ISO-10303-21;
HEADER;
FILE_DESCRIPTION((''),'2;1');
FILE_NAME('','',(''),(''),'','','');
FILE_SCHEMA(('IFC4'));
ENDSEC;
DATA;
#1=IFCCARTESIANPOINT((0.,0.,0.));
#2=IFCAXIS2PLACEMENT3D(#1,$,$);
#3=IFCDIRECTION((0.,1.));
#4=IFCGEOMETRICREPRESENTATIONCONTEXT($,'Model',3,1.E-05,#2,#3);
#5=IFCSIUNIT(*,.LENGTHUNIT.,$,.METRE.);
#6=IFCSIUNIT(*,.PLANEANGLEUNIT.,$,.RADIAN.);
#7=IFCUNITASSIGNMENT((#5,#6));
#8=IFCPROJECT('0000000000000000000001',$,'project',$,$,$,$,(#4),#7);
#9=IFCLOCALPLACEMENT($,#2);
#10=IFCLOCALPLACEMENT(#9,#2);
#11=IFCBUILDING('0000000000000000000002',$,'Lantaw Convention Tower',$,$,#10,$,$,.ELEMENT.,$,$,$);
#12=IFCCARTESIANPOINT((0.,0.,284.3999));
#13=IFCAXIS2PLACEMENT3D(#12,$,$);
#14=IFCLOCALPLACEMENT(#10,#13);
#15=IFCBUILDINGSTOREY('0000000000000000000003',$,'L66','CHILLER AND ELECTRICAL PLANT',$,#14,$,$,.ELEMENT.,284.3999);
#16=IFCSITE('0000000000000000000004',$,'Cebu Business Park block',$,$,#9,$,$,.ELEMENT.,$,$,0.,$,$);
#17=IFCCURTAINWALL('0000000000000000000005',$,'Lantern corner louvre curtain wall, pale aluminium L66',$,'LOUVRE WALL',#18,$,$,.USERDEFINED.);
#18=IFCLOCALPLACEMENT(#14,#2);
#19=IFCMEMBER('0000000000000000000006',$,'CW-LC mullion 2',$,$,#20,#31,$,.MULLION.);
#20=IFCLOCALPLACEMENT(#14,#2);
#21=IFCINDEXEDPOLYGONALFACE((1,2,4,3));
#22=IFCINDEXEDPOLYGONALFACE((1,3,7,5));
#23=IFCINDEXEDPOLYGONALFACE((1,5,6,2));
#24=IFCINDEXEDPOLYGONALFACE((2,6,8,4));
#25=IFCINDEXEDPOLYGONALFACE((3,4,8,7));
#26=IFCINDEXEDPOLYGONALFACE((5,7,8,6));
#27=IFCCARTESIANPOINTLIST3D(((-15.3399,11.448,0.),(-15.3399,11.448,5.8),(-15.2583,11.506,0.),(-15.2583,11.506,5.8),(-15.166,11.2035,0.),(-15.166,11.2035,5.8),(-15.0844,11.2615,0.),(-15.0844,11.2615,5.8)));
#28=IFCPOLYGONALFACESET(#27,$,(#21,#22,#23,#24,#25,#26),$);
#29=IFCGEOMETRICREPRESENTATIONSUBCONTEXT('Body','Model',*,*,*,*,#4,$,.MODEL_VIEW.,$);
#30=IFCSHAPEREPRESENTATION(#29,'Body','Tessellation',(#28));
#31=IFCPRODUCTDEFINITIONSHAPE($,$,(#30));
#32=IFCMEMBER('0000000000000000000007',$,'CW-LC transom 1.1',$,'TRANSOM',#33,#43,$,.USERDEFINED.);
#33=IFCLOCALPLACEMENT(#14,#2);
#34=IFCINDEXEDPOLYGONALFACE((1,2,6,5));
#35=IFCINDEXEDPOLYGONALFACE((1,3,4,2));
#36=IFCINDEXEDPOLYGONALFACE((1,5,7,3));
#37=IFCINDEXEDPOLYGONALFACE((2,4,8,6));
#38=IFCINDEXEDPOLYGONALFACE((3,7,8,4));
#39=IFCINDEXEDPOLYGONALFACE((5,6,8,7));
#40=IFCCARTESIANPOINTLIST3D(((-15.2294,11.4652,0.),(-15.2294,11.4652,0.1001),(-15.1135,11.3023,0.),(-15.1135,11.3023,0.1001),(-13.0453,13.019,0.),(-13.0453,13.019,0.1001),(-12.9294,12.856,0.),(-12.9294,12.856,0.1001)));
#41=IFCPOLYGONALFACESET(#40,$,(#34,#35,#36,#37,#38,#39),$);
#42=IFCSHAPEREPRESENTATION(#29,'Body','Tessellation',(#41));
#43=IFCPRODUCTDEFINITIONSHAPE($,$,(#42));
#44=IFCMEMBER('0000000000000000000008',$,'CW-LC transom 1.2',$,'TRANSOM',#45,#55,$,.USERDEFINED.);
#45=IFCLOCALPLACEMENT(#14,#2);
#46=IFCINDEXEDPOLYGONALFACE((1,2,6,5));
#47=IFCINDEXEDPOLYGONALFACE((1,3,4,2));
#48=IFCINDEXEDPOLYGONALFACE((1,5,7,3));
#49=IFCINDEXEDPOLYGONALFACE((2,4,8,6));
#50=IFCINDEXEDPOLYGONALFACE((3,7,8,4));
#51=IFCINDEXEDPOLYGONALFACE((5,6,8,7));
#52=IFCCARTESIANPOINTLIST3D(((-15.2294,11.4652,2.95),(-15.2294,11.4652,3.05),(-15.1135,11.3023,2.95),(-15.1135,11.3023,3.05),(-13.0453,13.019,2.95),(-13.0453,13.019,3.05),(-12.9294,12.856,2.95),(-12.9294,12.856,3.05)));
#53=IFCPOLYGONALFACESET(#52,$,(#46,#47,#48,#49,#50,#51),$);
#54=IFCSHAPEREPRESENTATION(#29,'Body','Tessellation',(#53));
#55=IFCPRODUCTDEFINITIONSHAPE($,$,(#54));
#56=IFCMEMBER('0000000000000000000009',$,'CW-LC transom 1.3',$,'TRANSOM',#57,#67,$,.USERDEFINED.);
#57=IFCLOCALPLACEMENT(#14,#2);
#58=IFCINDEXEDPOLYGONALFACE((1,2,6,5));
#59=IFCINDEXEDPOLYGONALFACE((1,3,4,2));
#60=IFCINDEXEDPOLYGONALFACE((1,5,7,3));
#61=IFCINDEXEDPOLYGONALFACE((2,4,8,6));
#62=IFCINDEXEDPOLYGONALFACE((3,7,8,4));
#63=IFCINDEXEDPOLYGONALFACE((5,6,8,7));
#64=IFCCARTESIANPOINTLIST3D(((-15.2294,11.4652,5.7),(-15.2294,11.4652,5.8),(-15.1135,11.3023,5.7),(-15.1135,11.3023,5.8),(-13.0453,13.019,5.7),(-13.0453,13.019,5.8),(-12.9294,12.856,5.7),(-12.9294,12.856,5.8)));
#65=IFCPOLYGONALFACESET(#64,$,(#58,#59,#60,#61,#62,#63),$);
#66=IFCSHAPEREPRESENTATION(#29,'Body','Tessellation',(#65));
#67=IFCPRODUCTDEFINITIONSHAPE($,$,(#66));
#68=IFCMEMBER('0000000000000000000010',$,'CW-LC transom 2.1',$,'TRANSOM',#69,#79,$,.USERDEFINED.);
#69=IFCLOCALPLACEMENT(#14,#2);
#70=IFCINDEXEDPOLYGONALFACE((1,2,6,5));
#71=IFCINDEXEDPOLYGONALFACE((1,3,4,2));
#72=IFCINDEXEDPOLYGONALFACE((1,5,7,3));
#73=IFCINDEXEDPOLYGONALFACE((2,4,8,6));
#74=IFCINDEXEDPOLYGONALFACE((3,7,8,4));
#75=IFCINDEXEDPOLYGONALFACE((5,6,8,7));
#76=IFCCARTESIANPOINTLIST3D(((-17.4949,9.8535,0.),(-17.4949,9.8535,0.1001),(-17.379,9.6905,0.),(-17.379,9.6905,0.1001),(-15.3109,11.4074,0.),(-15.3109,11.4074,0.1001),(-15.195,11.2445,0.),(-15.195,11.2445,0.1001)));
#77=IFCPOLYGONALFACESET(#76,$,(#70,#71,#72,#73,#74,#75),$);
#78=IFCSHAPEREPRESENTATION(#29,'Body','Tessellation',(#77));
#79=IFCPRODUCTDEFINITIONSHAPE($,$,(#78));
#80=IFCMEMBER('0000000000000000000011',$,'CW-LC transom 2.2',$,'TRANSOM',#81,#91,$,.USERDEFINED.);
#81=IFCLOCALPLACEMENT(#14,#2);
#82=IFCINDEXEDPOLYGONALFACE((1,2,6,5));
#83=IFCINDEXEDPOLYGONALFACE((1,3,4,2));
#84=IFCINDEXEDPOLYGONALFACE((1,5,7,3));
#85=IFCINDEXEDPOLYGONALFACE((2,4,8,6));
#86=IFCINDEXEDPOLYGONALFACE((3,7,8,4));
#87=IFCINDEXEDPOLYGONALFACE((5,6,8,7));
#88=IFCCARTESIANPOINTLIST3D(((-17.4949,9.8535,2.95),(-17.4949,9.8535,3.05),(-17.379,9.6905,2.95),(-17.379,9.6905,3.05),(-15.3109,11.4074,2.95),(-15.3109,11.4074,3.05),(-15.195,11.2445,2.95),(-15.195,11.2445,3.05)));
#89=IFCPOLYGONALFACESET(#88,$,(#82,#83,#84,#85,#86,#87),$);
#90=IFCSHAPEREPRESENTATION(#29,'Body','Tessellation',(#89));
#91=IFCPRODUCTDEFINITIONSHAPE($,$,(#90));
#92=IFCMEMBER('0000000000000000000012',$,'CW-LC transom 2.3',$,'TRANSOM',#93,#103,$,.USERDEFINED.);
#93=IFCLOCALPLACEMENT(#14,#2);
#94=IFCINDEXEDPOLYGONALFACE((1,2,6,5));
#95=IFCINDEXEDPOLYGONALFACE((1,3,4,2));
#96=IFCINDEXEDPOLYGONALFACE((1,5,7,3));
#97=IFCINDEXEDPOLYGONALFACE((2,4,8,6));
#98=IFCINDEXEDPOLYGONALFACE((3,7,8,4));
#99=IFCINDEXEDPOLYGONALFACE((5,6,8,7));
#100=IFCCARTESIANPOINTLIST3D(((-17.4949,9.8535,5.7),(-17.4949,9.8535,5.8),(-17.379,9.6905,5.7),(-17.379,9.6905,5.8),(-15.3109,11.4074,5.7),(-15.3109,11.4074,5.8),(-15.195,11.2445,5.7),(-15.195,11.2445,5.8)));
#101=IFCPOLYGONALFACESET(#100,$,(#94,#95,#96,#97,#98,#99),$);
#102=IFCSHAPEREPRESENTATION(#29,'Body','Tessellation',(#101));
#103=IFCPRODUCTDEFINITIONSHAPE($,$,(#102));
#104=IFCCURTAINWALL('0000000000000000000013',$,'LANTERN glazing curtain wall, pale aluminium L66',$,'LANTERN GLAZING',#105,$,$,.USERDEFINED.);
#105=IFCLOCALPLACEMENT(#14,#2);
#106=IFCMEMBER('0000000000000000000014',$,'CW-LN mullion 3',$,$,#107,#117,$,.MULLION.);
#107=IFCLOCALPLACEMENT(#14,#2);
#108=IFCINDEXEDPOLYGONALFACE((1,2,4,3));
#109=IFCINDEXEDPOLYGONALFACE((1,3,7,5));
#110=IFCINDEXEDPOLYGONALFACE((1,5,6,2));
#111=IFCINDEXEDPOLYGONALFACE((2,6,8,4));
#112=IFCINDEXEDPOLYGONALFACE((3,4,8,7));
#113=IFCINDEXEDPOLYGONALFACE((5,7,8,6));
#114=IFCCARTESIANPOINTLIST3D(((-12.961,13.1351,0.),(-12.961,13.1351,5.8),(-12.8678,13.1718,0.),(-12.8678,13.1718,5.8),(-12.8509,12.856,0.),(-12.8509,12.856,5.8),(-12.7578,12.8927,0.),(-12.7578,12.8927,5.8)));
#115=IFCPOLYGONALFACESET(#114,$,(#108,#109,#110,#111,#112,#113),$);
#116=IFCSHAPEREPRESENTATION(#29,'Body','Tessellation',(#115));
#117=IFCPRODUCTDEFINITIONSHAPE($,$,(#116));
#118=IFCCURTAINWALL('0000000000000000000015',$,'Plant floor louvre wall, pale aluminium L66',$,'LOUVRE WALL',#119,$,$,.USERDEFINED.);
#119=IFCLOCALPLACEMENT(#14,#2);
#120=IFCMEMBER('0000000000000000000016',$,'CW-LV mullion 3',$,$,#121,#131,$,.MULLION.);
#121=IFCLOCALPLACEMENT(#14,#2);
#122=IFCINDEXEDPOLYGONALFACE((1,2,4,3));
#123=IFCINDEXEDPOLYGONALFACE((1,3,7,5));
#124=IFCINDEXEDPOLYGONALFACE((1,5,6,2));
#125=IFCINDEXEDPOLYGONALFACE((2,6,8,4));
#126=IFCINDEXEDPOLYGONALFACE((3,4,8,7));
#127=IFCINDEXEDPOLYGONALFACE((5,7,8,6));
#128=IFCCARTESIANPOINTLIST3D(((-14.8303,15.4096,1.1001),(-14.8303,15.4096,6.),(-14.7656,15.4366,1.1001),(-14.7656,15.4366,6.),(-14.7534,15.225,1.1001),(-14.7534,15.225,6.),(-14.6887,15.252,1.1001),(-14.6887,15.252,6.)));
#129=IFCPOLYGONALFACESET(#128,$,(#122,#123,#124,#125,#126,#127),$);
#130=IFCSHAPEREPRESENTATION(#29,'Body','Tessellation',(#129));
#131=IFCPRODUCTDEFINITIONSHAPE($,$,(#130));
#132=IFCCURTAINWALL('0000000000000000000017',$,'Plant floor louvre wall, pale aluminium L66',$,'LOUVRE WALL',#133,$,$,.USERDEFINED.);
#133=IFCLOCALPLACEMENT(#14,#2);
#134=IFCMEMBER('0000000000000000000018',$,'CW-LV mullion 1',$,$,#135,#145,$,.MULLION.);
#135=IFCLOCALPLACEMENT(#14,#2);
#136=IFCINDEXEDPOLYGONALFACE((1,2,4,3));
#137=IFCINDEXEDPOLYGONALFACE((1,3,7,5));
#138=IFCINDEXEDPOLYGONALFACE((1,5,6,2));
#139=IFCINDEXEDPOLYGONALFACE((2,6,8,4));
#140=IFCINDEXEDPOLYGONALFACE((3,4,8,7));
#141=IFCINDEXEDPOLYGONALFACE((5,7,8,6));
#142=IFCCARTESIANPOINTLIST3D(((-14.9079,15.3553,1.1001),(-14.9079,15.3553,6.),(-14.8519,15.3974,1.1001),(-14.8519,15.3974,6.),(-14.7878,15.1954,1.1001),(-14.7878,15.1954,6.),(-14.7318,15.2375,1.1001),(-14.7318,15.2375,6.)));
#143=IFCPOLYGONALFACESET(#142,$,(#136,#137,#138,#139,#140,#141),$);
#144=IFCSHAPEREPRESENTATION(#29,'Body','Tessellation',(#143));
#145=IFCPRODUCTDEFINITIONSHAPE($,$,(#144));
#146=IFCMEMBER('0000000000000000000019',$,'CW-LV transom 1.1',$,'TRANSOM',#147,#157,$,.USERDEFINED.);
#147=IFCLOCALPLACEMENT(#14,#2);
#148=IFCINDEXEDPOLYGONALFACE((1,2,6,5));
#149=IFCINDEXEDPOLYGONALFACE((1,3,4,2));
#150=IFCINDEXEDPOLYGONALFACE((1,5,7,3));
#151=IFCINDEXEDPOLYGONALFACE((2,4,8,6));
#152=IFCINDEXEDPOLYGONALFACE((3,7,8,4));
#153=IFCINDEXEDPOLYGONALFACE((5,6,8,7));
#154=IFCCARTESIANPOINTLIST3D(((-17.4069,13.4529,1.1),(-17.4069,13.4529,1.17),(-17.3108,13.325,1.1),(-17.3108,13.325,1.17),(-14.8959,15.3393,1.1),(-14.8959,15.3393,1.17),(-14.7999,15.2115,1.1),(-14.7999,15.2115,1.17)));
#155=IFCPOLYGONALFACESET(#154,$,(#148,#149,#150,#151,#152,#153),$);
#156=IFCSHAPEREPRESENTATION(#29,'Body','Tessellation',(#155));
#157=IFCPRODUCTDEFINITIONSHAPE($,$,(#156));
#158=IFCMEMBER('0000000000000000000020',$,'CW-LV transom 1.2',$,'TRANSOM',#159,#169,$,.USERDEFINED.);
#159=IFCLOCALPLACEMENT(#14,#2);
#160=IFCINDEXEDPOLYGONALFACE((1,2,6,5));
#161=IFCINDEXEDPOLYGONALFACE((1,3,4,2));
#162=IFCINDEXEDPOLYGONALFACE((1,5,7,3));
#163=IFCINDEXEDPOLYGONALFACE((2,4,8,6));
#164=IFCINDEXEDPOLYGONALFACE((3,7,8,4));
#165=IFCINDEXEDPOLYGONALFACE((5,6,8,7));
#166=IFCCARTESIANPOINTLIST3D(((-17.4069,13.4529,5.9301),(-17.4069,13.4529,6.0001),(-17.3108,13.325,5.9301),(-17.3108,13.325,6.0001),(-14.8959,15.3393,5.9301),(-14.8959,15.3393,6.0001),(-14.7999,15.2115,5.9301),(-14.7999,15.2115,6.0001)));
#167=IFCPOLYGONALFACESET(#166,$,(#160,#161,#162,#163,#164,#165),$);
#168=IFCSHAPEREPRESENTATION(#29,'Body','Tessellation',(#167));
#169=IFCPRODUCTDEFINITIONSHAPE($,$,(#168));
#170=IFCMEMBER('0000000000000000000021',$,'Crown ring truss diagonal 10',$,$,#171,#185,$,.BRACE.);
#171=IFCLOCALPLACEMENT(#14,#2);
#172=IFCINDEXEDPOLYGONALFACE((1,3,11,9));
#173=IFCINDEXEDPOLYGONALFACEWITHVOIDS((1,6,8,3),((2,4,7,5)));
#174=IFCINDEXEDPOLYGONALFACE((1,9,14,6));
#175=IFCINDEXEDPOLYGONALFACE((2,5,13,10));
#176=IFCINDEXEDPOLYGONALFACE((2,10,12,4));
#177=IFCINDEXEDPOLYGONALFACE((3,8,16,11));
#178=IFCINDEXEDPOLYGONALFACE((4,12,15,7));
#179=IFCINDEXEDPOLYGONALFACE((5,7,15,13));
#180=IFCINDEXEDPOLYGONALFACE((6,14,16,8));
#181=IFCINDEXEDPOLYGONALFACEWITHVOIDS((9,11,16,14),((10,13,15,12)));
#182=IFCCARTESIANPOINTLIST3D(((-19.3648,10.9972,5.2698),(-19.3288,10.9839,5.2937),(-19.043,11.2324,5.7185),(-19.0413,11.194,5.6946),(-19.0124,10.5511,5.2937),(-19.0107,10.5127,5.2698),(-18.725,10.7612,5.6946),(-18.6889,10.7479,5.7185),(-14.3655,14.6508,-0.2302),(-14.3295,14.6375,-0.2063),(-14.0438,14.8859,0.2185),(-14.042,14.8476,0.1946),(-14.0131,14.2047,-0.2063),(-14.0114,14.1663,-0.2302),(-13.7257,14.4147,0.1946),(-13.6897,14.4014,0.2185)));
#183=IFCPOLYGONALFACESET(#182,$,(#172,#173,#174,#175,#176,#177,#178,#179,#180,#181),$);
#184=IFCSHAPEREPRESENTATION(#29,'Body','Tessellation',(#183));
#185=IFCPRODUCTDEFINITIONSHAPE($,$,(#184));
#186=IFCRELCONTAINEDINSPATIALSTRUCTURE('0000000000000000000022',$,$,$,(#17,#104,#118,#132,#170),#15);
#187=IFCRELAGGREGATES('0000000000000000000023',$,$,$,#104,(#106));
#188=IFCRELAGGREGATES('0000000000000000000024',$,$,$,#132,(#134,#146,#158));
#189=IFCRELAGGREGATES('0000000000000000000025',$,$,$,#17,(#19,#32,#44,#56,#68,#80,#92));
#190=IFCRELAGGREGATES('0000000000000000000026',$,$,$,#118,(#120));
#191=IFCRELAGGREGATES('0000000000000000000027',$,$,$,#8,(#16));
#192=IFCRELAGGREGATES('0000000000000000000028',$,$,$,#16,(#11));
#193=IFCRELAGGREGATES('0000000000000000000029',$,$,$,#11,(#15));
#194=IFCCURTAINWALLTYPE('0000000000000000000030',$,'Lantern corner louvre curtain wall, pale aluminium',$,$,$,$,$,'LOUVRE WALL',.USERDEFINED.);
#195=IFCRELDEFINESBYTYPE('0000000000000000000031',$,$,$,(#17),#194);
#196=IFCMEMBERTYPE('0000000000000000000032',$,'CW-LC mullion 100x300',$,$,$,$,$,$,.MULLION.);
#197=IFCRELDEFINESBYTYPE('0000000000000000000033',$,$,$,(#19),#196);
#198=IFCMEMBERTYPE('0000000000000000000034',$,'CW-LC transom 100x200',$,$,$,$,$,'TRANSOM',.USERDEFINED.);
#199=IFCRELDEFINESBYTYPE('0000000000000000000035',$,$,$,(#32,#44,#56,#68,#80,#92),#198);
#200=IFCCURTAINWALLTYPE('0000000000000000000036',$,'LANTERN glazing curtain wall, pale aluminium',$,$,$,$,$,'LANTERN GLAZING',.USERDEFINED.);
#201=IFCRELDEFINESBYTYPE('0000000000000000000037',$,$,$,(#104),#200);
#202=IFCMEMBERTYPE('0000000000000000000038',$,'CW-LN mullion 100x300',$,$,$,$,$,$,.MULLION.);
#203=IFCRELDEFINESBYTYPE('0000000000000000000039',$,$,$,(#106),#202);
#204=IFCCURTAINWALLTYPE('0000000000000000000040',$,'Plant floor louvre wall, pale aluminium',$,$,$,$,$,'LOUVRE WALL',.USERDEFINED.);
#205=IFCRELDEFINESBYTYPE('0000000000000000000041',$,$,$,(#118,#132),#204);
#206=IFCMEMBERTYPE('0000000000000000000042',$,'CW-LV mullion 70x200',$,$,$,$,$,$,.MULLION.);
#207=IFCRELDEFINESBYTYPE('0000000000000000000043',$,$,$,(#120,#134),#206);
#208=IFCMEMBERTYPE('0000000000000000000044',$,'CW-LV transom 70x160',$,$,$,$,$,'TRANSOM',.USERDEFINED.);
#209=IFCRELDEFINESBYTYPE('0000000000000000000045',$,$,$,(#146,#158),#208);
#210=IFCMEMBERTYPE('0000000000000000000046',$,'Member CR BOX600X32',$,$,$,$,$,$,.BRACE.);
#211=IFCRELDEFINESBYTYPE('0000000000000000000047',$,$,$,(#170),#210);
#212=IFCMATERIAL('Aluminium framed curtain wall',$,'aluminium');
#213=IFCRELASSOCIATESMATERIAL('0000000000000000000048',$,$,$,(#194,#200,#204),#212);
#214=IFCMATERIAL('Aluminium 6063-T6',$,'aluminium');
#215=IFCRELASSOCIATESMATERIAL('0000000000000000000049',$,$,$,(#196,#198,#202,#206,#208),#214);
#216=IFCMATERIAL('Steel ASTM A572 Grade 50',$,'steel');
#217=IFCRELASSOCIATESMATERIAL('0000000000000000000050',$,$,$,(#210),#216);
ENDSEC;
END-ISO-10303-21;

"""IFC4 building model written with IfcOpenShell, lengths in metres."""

from ifc_helpers import new_model, si_unit, direction, frame, origin, origin_2d, place, context, subcontext, project, spatial, rectangle, hollow_rectangle, extrude, material, material_profile, profile_set, type_object, element, aggregate, save


model = new_model("IFC4")

# Units and contexts
model_context = context("Model", 3, precision=1e-05, world=origin(), true_north=direction((0.0, 1.0)))
body_context = subcontext(model_context, "Body", "Model", "MODEL_VIEW")
ifc_project = project(units=[si_unit("LENGTHUNIT", "METRE"), si_unit("PLANEANGLEUNIT", "RADIAN")], contexts=[model_context])

# Site, building, storey
site_placement = place(None, origin())
site = spatial("IfcSite", under=ifc_project, at=site_placement, Name="Cebu Business Park block", CompositionType="ELEMENT", RefElevation=0.0)
building_placement = place(site_placement, origin())
building = spatial("IfcBuilding", under=site, at=building_placement, Name="Lantaw Convention Tower", CompositionType="ELEMENT")
storey_placement = place(building_placement, frame((0.0, 0.0, 284.3999)))
storey = spatial("IfcBuildingStorey", under=building, at=storey_placement, Name="L66", Description="CHILLER AND ELECTRICAL PLANT", CompositionType="ELEMENT", Elevation=284.3999)

# Shared definitions
ifc_material_1 = material(Name="Steel ASTM A572 Grade 50", Category="steel")

# Curtain wall, members
ifc_material_2 = material(Name="Aluminium framed curtain wall", Category="aluminium")
curtain_wall_type_1 = type_object("IfcCurtainWallType", Name="Lantern corner louvre curtain wall, pale aluminium", ElementType="LOUVRE WALL", PredefinedType="USERDEFINED", material=ifc_material_2)
curtain_wall_1_placement = place(storey_placement, origin())
curtain_wall_1 = element("IfcCurtainWall", 1, at=curtain_wall_1_placement, inside=storey, type_object=curtain_wall_type_1, Name="Lantern corner louvre curtain wall, pale aluminium L66", ObjectType="LOUVRE WALL", PredefinedType="USERDEFINED")
ifc_material_3 = material(Name="Aluminium 6063-T6", Category="aluminium")
ifc_material_profile_1 = material_profile(ifc_material_3, rectangle(XDim=0.3, YDim=0.1001, at=origin_2d()), Name="CW-LC mullion 100x300")
ifc_profile_set_1 = profile_set([ifc_material_profile_1], Name="Aluminium 6063-T6")
member_type_1 = type_object("IfcMemberType", Name="CW-LC mullion 100x300", PredefinedType="MULLION", material=ifc_profile_set_1)
member_1_placement = place(storey_placement, frame((-15.2122, 11.3547, 0.0), z_axis=(0.0, 0.0, 1.0), x_axis=(0.579684, -0.814841, 0.0)))
member_1 = element("IfcMember", 2, at=member_1_placement, type_object=member_type_1, Name="CW-LC mullion 2", PredefinedType="MULLION", context=body_context, shape_type="SweptSolid", body=[
    extrude(rectangle(XDim=0.3, YDim=0.1001, at=origin_2d()), origin(), (0.0, 0.0, 1.0), 5.8),
])
ifc_material_profile_2 = material_profile(ifc_material_3, rectangle(XDim=0.2, YDim=0.1001, at=origin_2d()), Name="CW-LC transom 100x200")
ifc_profile_set_2 = profile_set([ifc_material_profile_2], Name="Aluminium 6063-T6")
member_type_2 = type_object("IfcMemberType", Name="CW-LC transom 100x200", ElementType="TRANSOM", PredefinedType="USERDEFINED", material=ifc_profile_set_2)
member_2_placement = place(storey_placement, frame((-12.9873, 12.9375, 0.05), z_axis=(-0.814852, -0.579669, 0.0), x_axis=(0.579669, -0.814852, 0.0)))
member_2 = element("IfcMember", 3, at=member_2_placement, type_object=member_type_2, Name="CW-LC transom 1.1", ObjectType="TRANSOM", PredefinedType="USERDEFINED", context=body_context, shape_type="SweptSolid", body=[
    extrude(rectangle(XDim=0.2, YDim=0.1001, at=origin_2d()), origin(), (0.0, 0.0, 1.0), 2.6804),
])
member_3_placement = place(storey_placement, frame((-12.9873, 12.9375, 3.0), z_axis=(-0.814852, -0.579669, 0.0), x_axis=(0.579669, -0.814852, 0.0)))
member_3 = element("IfcMember", 4, at=member_3_placement, type_object=member_type_2, Name="CW-LC transom 1.2", ObjectType="TRANSOM", PredefinedType="USERDEFINED", context=body_context, shape_type="SweptSolid", body=[
    extrude(rectangle(XDim=0.2, YDim=0.1001, at=origin_2d()), origin(), (0.0, 0.0, 1.0), 2.6804),
])
member_4_placement = place(storey_placement, frame((-12.9873, 12.9375, 5.75), z_axis=(-0.814852, -0.579669, 0.0), x_axis=(0.579669, -0.814852, 0.0)))
member_4 = element("IfcMember", 5, at=member_4_placement, type_object=member_type_2, Name="CW-LC transom 1.3", ObjectType="TRANSOM", PredefinedType="USERDEFINED", context=body_context, shape_type="SweptSolid", body=[
    extrude(rectangle(XDim=0.2, YDim=0.1001, at=origin_2d()), origin(), (0.0, 0.0, 1.0), 2.6804),
])
member_5_placement = place(storey_placement, frame((-15.2529, 11.3259, 0.05), z_axis=(-0.814809, -0.579729, 0.0), x_axis=(0.579729, -0.814809, 0.0)))
member_5 = element("IfcMember", 6, at=member_5_placement, type_object=member_type_2, Name="CW-LC transom 2.1", ObjectType="TRANSOM", PredefinedType="USERDEFINED", context=body_context, shape_type="SweptSolid", body=[
    extrude(rectangle(XDim=0.2, YDim=0.1001, at=origin_2d()), origin(), (0.0, 0.0, 1.0), 2.6804),
])
member_6_placement = place(storey_placement, frame((-15.2529, 11.3259, 3.0), z_axis=(-0.814809, -0.579729, 0.0), x_axis=(0.579729, -0.814809, 0.0)))
member_6 = element("IfcMember", 7, at=member_6_placement, type_object=member_type_2, Name="CW-LC transom 2.2", ObjectType="TRANSOM", PredefinedType="USERDEFINED", context=body_context, shape_type="SweptSolid", body=[
    extrude(rectangle(XDim=0.2, YDim=0.1001, at=origin_2d()), origin(), (0.0, 0.0, 1.0), 2.6804),
])
member_7_placement = place(storey_placement, frame((-15.2529, 11.3259, 5.75), z_axis=(-0.814809, -0.579729, 0.0), x_axis=(0.579729, -0.814809, 0.0)))
member_7 = element("IfcMember", 8, at=member_7_placement, type_object=member_type_2, Name="CW-LC transom 2.3", ObjectType="TRANSOM", PredefinedType="USERDEFINED", context=body_context, shape_type="SweptSolid", body=[
    extrude(rectangle(XDim=0.2, YDim=0.1001, at=origin_2d()), origin(), (0.0, 0.0, 1.0), 2.6804),
])

# Curtain walls, members
curtain_wall_type_2 = type_object("IfcCurtainWallType", Name="LANTERN glazing curtain wall, pale aluminium", ElementType="LANTERN GLAZING", PredefinedType="USERDEFINED", material=ifc_material_2)
curtain_wall_2_placement = place(storey_placement, origin())
curtain_wall_2 = element("IfcCurtainWall", 9, at=curtain_wall_2_placement, inside=storey, type_object=curtain_wall_type_2, Name="LANTERN glazing curtain wall, pale aluminium L66", ObjectType="LANTERN GLAZING", PredefinedType="USERDEFINED")
ifc_material_profile_3 = material_profile(ifc_material_3, rectangle(XDim=0.3, YDim=0.1001, at=origin_2d()), Name="CW-LN mullion 100x300")
ifc_profile_set_3 = profile_set([ifc_material_profile_3], Name="Aluminium 6063-T6")
member_type_3 = type_object("IfcMemberType", Name="CW-LN mullion 100x300", PredefinedType="MULLION", material=ifc_profile_set_3)
member_8_placement = place(storey_placement, frame((-12.8594, 13.0139, 0.0), z_axis=(0.0, 0.0, 1.0), x_axis=(0.366802, -0.930299, 0.0)))
member_8 = element("IfcMember", 10, at=member_8_placement, type_object=member_type_3, Name="CW-LN mullion 3", PredefinedType="MULLION", context=body_context, shape_type="SweptSolid", body=[
    extrude(rectangle(XDim=0.3, YDim=0.1001, at=origin_2d()), origin(), (0.0, 0.0, 1.0), 5.8),
])
aggregate(curtain_wall_2, [member_8])
curtain_wall_type_3 = type_object("IfcCurtainWallType", Name="Plant floor louvre wall, pale aluminium", ElementType="LOUVRE WALL", PredefinedType="USERDEFINED", material=ifc_material_2)
curtain_wall_3_placement = place(storey_placement, origin())
curtain_wall_3 = element("IfcCurtainWall", 11, at=curtain_wall_3_placement, inside=storey, type_object=curtain_wall_type_3, Name="Plant floor louvre wall, pale aluminium L66", ObjectType="LOUVRE WALL", PredefinedType="USERDEFINED")
ifc_material_profile_4 = material_profile(ifc_material_3, rectangle(XDim=0.2, YDim=0.0701, at=origin_2d()), Name="CW-LV mullion 70x200")
ifc_profile_set_4 = profile_set([ifc_material_profile_4], Name="Aluminium 6063-T6")
member_type_4 = type_object("IfcMemberType", Name="CW-LV mullion 70x200", PredefinedType="MULLION", material=ifc_profile_set_4)
member_9_placement = place(storey_placement, frame((-14.7595, 15.3308, 1.1001), z_axis=(0.0, 0.0, 1.0), x_axis=(0.38446, -0.923142, 0.0)))
member_9 = element("IfcMember", 12, at=member_9_placement, type_object=member_type_4, Name="CW-LV mullion 3", PredefinedType="MULLION", context=body_context, shape_type="SweptSolid", body=[
    extrude(rectangle(XDim=0.2, YDim=0.0701, at=origin_2d()), origin(), (0.0, 0.0, 1.0), 4.8999),
])

# Curtain wall, members
curtain_wall_4_placement = place(storey_placement, origin())
curtain_wall_4 = element("IfcCurtainWall", 13, at=curtain_wall_4_placement, inside=storey, type_object=curtain_wall_type_3, Name="Plant floor louvre wall, pale aluminium L66", ObjectType="LOUVRE WALL", PredefinedType="USERDEFINED")
member_10_placement = place(storey_placement, frame((-14.8198, 15.2964, 1.1001), z_axis=(0.0, 0.0, 1.0), x_axis=(0.600643, -0.799518, 0.0)))
member_10 = element("IfcMember", 14, at=member_10_placement, type_object=member_type_4, Name="CW-LV mullion 1", PredefinedType="MULLION", context=body_context, shape_type="SweptSolid", body=[
    extrude(rectangle(XDim=0.2, YDim=0.0701, at=origin_2d()), origin(), (0.0, 0.0, 1.0), 4.8999),
])
ifc_material_profile_5 = material_profile(ifc_material_3, rectangle(XDim=0.1599, YDim=0.0701, at=origin_2d()), Name="CW-LV transom 70x160")
ifc_profile_set_5 = profile_set([ifc_material_profile_5], Name="Aluminium 6063-T6")
member_type_5 = type_object("IfcMemberType", Name="CW-LV transom 70x160", ElementType="TRANSOM", PredefinedType="USERDEFINED", material=ifc_profile_set_5)
member_11_placement = place(storey_placement, frame((-14.8479, 15.2754, 1.135), z_axis=(-0.799505, -0.600659, 0.0), x_axis=(0.600659, -0.799505, 0.0)))
member_11 = element("IfcMember", 15, at=member_11_placement, type_object=member_type_5, Name="CW-LV transom 1.1", ObjectType="TRANSOM", PredefinedType="USERDEFINED", context=body_context, shape_type="SweptSolid", body=[
    extrude(rectangle(XDim=0.1599, YDim=0.0701, at=origin_2d()), origin(), (0.0, 0.0, 1.0), 3.1406),
])
member_12_placement = place(storey_placement, frame((-14.8479, 15.2754, 5.9651), z_axis=(-0.799505, -0.600659, 0.0), x_axis=(0.600659, -0.799505, 0.0)))
member_12 = element("IfcMember", 16, at=member_12_placement, type_object=member_type_5, Name="CW-LV transom 1.2", ObjectType="TRANSOM", PredefinedType="USERDEFINED", context=body_context, shape_type="SweptSolid", body=[
    extrude(rectangle(XDim=0.1599, YDim=0.0701, at=origin_2d()), origin(), (0.0, 0.0, 1.0), 3.1406),
])
aggregate(curtain_wall_4, [member_10, member_11, member_12])

# Member
ifc_material_profile_6 = material_profile(ifc_material_1, hollow_rectangle(XDim=0.6001, YDim=0.6001, WallThickness=0.032, at=origin_2d()), Name="BOX600X32")
ifc_profile_set_6 = profile_set([ifc_material_profile_6], Name="Steel ASTM A572 Grade 50")
member_type_6 = type_object("IfcMemberType", Name="Member CR BOX600X32", PredefinedType="BRACE", material=ifc_profile_set_6)
member_13_placement = place(storey_placement, frame((-14.0276, 14.5261, -0.0059), z_axis=(-0.603632, -0.441146, 0.664092), x_axis=(0.590043, -0.807372, 0.0)))
element("IfcMember", 17, at=member_13_placement, inside=storey, type_object=member_type_6, Name="Crown ring truss diagonal 10", PredefinedType="BRACE", context=body_context, shape_type="SweptSolid", body=[
    extrude(hollow_rectangle(XDim=0.6001, YDim=0.6001, WallThickness=0.032, at=origin_2d()), origin(), (0.0, 0.0, 1.0), 8.282),
])

aggregate(curtain_wall_1, [member_1, member_2, member_3, member_4, member_5, member_6, member_7])
aggregate(curtain_wall_3, [member_9])

save(model, "model.ifc")
